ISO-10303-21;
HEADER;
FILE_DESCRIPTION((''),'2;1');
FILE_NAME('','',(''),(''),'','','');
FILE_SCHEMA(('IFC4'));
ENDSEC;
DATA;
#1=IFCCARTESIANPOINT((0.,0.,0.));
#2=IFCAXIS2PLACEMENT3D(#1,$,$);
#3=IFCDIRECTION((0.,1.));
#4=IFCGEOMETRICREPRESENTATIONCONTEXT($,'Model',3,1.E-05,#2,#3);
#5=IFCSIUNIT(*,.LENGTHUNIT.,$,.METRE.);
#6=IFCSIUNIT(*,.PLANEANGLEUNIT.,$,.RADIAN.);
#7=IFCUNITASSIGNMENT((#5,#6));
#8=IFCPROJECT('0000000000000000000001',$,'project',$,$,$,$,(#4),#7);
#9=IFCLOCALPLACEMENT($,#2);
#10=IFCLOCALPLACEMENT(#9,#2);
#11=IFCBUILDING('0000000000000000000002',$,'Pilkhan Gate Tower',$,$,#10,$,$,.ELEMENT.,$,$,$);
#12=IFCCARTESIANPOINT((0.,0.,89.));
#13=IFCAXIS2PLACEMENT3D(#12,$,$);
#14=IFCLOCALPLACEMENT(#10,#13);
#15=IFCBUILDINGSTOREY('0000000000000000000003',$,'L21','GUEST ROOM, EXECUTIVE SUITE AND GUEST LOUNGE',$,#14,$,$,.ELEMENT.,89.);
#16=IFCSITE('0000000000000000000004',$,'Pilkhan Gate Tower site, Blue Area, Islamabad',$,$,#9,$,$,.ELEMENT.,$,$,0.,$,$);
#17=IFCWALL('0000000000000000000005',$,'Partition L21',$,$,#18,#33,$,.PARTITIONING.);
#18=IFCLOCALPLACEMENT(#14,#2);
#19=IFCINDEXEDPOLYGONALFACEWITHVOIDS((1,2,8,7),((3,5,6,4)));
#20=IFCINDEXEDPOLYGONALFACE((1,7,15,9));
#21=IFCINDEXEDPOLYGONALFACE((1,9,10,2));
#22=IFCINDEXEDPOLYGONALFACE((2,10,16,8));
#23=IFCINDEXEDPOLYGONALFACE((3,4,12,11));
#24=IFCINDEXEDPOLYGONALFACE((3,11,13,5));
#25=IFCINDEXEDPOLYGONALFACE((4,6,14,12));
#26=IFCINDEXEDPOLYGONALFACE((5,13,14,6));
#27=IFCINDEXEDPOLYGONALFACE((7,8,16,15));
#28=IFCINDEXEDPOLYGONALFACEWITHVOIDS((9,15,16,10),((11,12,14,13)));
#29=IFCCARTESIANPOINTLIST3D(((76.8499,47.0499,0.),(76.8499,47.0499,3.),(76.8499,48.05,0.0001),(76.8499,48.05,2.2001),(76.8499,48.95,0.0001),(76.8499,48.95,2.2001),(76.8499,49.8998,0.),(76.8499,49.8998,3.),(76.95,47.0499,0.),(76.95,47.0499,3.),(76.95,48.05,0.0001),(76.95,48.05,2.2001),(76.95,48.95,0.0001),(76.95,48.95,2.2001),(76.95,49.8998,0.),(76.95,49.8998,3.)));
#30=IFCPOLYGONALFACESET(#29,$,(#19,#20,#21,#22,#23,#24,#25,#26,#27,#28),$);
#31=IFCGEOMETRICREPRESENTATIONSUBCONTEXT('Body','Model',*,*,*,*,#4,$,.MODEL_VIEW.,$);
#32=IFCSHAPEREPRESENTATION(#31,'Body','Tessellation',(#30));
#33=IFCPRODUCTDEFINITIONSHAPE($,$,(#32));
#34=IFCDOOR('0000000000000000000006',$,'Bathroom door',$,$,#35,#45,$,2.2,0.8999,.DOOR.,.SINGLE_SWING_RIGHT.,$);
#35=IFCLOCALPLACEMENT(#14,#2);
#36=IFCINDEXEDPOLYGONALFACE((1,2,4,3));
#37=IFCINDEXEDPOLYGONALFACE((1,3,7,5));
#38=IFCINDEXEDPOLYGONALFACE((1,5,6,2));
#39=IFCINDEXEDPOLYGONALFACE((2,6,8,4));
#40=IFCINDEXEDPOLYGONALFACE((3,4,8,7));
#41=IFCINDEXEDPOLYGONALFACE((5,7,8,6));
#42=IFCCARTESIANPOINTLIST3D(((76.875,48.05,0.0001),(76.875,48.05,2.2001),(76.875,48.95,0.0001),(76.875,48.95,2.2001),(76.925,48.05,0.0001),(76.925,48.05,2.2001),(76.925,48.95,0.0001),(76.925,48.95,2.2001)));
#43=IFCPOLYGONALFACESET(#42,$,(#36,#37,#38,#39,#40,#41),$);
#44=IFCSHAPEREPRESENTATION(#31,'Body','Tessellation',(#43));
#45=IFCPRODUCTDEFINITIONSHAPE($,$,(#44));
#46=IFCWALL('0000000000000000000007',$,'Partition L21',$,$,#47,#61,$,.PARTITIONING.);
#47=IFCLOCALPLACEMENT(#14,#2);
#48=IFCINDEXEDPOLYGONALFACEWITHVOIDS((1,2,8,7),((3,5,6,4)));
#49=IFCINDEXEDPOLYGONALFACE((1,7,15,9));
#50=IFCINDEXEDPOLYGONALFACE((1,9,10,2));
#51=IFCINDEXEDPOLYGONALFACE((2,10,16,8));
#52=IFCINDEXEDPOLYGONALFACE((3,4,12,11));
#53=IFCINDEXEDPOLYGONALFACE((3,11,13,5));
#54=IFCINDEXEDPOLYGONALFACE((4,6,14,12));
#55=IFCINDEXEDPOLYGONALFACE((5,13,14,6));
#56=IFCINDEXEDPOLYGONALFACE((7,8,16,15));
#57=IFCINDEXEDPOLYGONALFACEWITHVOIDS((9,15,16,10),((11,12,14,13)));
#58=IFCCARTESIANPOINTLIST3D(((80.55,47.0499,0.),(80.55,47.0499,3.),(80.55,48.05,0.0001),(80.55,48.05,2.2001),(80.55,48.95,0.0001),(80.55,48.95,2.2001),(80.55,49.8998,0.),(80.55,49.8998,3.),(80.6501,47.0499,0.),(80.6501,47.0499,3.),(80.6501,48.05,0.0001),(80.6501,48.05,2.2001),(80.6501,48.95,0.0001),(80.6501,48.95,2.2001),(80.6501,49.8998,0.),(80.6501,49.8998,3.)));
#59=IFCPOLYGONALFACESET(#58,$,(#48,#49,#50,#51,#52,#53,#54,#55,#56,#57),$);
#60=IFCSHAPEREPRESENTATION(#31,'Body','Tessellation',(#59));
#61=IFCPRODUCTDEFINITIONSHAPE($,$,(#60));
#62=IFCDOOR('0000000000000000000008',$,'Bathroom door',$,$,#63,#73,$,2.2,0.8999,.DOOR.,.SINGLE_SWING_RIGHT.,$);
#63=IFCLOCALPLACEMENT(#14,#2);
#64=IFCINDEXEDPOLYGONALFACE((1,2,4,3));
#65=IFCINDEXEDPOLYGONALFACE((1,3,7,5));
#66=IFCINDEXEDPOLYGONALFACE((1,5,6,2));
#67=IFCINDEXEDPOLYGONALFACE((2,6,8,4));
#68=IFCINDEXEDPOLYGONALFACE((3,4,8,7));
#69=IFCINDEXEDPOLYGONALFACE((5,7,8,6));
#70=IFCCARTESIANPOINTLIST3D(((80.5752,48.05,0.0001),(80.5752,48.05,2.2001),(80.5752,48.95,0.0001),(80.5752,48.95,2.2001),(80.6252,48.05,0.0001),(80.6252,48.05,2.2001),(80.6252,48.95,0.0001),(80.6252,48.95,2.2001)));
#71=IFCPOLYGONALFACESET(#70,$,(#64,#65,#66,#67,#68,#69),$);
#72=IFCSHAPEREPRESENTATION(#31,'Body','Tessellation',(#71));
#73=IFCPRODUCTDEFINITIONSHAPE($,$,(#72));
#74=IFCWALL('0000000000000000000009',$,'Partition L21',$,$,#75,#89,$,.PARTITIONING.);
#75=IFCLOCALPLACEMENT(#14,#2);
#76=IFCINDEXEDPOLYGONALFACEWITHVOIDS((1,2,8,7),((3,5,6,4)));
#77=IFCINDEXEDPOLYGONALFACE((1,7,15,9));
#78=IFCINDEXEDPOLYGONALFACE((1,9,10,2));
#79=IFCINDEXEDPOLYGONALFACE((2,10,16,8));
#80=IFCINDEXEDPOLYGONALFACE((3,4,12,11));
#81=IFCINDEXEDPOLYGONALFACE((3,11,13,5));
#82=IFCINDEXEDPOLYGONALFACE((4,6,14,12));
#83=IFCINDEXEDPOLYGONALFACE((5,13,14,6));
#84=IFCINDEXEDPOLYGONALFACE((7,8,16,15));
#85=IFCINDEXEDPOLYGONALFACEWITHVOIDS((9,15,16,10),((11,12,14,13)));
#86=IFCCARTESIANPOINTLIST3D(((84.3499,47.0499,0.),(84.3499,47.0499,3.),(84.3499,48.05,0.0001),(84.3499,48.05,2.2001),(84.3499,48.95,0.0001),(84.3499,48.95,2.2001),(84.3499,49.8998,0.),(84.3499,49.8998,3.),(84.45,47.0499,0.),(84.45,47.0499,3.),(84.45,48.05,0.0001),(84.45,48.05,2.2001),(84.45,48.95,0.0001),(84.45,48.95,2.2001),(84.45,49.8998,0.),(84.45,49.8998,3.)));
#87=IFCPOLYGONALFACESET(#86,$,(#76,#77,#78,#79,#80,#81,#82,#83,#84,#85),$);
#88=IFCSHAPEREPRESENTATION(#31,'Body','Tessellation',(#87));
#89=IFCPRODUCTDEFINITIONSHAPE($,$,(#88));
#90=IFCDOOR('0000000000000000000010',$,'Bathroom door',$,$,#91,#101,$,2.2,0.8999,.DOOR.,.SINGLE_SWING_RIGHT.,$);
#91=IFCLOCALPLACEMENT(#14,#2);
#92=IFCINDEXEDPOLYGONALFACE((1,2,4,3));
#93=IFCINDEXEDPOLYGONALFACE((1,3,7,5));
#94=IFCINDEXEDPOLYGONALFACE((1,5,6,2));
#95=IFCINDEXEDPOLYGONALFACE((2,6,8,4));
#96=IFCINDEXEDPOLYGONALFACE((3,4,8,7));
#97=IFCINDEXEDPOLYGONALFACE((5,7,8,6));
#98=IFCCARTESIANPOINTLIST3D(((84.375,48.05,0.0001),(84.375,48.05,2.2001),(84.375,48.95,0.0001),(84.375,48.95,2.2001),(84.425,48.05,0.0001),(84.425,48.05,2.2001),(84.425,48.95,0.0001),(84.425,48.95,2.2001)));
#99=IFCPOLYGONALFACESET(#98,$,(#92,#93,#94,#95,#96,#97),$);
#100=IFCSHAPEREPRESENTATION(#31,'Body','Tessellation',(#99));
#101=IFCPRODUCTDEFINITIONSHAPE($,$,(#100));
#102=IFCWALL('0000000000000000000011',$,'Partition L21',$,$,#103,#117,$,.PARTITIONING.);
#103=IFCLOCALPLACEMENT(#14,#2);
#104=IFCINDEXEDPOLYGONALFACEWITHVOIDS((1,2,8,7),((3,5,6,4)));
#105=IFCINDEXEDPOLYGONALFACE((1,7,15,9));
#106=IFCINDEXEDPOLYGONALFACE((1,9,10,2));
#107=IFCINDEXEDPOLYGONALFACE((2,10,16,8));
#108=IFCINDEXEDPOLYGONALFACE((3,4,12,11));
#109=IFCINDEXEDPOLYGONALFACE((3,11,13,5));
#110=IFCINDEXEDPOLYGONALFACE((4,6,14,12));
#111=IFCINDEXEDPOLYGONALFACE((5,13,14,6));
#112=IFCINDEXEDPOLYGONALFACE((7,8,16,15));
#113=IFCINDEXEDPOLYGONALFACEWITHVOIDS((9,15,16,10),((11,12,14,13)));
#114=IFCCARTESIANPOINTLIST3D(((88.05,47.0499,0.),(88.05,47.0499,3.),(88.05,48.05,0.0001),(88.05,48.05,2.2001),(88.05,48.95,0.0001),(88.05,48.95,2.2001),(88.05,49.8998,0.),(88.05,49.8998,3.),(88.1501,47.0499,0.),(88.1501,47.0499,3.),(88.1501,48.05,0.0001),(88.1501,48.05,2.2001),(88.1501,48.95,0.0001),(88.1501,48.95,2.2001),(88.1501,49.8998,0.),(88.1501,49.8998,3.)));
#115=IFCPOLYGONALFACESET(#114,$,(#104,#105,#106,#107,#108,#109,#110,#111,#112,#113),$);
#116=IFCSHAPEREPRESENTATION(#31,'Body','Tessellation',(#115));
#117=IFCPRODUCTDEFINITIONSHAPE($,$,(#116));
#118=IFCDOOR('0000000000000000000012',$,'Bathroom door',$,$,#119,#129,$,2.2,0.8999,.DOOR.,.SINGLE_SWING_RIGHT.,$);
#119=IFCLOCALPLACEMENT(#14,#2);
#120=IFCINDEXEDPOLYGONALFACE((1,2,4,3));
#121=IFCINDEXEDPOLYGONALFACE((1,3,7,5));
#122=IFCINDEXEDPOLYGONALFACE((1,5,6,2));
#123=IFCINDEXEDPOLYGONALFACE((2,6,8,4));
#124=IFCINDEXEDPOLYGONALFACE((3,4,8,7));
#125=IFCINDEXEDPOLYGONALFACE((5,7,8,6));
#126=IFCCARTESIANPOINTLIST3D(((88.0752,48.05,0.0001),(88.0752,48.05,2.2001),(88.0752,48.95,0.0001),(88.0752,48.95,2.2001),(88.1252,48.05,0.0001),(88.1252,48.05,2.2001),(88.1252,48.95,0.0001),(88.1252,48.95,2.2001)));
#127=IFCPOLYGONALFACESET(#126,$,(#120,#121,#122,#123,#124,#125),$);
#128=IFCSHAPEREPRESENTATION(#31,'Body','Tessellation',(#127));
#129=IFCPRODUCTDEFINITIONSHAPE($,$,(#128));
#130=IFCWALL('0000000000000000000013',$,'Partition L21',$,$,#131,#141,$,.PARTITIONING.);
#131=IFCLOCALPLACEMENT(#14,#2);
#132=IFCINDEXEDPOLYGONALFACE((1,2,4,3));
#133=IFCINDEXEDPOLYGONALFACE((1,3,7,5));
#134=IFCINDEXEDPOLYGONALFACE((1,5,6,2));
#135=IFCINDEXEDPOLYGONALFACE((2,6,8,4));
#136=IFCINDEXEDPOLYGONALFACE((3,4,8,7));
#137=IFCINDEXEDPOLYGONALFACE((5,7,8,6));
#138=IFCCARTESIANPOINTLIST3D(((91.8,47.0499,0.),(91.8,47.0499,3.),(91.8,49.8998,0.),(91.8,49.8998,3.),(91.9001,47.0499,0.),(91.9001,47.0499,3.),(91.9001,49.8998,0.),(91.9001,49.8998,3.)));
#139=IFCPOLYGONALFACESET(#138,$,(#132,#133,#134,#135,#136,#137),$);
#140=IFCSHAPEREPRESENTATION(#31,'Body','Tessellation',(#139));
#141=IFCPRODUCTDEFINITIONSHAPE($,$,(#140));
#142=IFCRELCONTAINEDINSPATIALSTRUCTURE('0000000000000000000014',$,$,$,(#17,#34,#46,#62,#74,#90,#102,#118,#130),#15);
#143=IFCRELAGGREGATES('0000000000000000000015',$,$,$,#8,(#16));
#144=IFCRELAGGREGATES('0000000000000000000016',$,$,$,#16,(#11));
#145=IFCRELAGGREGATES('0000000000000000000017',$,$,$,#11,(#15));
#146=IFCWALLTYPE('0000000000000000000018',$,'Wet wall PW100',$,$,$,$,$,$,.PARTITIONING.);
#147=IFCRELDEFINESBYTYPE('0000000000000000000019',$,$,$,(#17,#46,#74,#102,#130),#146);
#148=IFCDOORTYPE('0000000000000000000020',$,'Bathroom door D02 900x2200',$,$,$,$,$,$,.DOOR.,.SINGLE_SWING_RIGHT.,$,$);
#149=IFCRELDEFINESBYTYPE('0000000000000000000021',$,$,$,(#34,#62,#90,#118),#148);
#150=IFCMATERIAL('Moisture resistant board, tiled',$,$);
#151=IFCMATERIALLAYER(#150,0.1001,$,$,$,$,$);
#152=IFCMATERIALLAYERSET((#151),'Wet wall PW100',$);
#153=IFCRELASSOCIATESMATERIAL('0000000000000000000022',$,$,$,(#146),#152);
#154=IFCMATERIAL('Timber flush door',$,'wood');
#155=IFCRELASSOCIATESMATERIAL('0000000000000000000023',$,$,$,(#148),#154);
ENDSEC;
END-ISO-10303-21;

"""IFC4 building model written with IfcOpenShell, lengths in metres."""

from ifc_helpers import new_model, si_unit, direction, frame, frame_2d, origin, place, context, subcontext, project, spatial, rectangle, extrude, material, layer, layer_set, type_object, element, fill, save


model = new_model("IFC4")

# Units and contexts
model_context = context("Model", 3, precision=1e-05, world=origin(), true_north=direction((0.0, 1.0)))
body_context = subcontext(model_context, "Body", "Model", "MODEL_VIEW")
ifc_project = project(units=[si_unit("LENGTHUNIT", "METRE"), si_unit("PLANEANGLEUNIT", "RADIAN")], contexts=[model_context])

# Site, building, storey
site_placement = place(None, origin())
site = spatial("IfcSite", under=ifc_project, at=site_placement, Name="Pilkhan Gate Tower site, Blue Area, Islamabad", CompositionType="ELEMENT", RefElevation=0.0)
building_placement = place(site_placement, origin())
building = spatial("IfcBuilding", under=site, at=building_placement, Name="Pilkhan Gate Tower", CompositionType="ELEMENT")
storey_placement = place(building_placement, frame((0.0, 0.0, 89.0)))
storey = spatial("IfcBuildingStorey", under=building, at=storey_placement, Name="L21", Description="GUEST ROOM, EXECUTIVE SUITE AND GUEST LOUNGE", CompositionType="ELEMENT", Elevation=89.0)

# Shared definitions
ifc_material_1 = material(Name="Moisture resistant board, tiled")
ifc_layer_1 = layer(ifc_material_1, 0.1001)
ifc_layer_set_1 = layer_set([ifc_layer_1], Name="Wet wall PW100")
wall_type_1 = type_object("IfcWallType", Name="Wet wall PW100", PredefinedType="PARTITIONING", material=ifc_layer_set_1)

# Walls, openings, doors
ifc_material_2 = material(Name="Timber flush door", Category="wood")
door_type = type_object("IfcDoorType", Name="Bathroom door D02 900x2200", OperationType="SINGLE_SWING_RIGHT", PredefinedType="DOOR", material=ifc_material_2)
wall_1_placement = place(storey_placement, frame((76.8999, 47.05, 0.0), z_axis=(0.0, 0.0, 1.0), x_axis=(0.0, 1.0, 0.0)))
wall_1 = element("IfcWall", 1, at=wall_1_placement, inside=storey, type_object=wall_type_1, Name="Partition L21", PredefinedType="PARTITIONING", context=body_context, shape_type="SweptSolid", body=[
    extrude(rectangle(XDim=2.8499, YDim=0.1001, at=frame_2d((1.4248, 0.0))), origin(), (0.0, 0.0, 1.0), 3.0),
])
opening_1_placement = place(wall_1_placement, frame((1.0, 0.0, 0.0)))
opening_1 = element("IfcOpeningElement", 2, at=opening_1_placement, cuts=wall_1, PredefinedType="OPENING", context=body_context, shape_type="SweptSolid", body=[
    extrude(rectangle(XDim=0.8999, YDim=2.2, at=frame_2d((0.45, 1.1001))), frame((0.0, 0.0601, 0.0), z_axis=(0.0, -1.0, 0.0), x_axis=(1.0, 0.0, 0.0)), (0.0, 0.0, 1.0), 0.1201),
])
door_1_placement = place(opening_1_placement, origin())
door_1 = element("IfcDoor", 3, at=door_1_placement, inside=storey, type_object=door_type, Name="Bathroom door", OperationType="SINGLE_SWING_RIGHT", OverallHeight=2.2, OverallWidth=0.8999, PredefinedType="DOOR", context=body_context, shape_type="SweptSolid", body=[
    extrude(rectangle(XDim=0.8999, YDim=2.2, at=frame_2d((0.45, 1.1001))), frame((0.0, 0.0249, 0.0), z_axis=(0.0, -1.0, 0.0), x_axis=(1.0, 0.0, 0.0)), (0.0, 0.0, 1.0), 0.05),
])
fill(opening_1, door_1)
wall_2_placement = place(storey_placement, frame((80.6001, 47.05, 0.0), z_axis=(0.0, 0.0, 1.0), x_axis=(0.0, 1.0, 0.0)))
wall_2 = element("IfcWall", 4, at=wall_2_placement, inside=storey, type_object=wall_type_1, Name="Partition L21", PredefinedType="PARTITIONING", context=body_context, shape_type="SweptSolid", body=[
    extrude(rectangle(XDim=2.8499, YDim=0.1001, at=frame_2d((1.4248, 0.0))), origin(), (0.0, 0.0, 1.0), 3.0),
])
opening_2_placement = place(wall_2_placement, frame((1.0, 0.0, 0.0)))
opening_2 = element("IfcOpeningElement", 5, at=opening_2_placement, cuts=wall_2, PredefinedType="OPENING", context=body_context, shape_type="SweptSolid", body=[
    extrude(rectangle(XDim=0.8999, YDim=2.2, at=frame_2d((0.45, 1.1001))), frame((0.0, 0.0601, 0.0), z_axis=(0.0, -1.0, 0.0), x_axis=(1.0, 0.0, 0.0)), (0.0, 0.0, 1.0), 0.1201),
])
door_2_placement = place(opening_2_placement, origin())
door_2 = element("IfcDoor", 6, at=door_2_placement, inside=storey, type_object=door_type, Name="Bathroom door", OperationType="SINGLE_SWING_RIGHT", OverallHeight=2.2, OverallWidth=0.8999, PredefinedType="DOOR", context=body_context, shape_type="SweptSolid", body=[
    extrude(rectangle(XDim=0.8999, YDim=2.2, at=frame_2d((0.45, 1.1001))), frame((0.0, 0.0249, 0.0), z_axis=(0.0, -1.0, 0.0), x_axis=(1.0, 0.0, 0.0)), (0.0, 0.0, 1.0), 0.05),
])
fill(opening_2, door_2)
wall_3_placement = place(storey_placement, frame((84.3999, 47.05, 0.0), z_axis=(0.0, 0.0, 1.0), x_axis=(0.0, 1.0, 0.0)))
wall_3 = element("IfcWall", 7, at=wall_3_placement, inside=storey, type_object=wall_type_1, Name="Partition L21", PredefinedType="PARTITIONING", context=body_context, shape_type="SweptSolid", body=[
    extrude(rectangle(XDim=2.8499, YDim=0.1001, at=frame_2d((1.4248, 0.0))), origin(), (0.0, 0.0, 1.0), 3.0),
])
opening_3_placement = place(wall_3_placement, frame((1.0, 0.0, 0.0)))
opening_3 = element("IfcOpeningElement", 8, at=opening_3_placement, cuts=wall_3, PredefinedType="OPENING", context=body_context, shape_type="SweptSolid", body=[
    extrude(rectangle(XDim=0.8999, YDim=2.2, at=frame_2d((0.45, 1.1001))), frame((0.0, 0.0601, 0.0), z_axis=(0.0, -1.0, 0.0), x_axis=(1.0, 0.0, 0.0)), (0.0, 0.0, 1.0), 0.1201),
])
door_3_placement = place(opening_3_placement, origin())
door_3 = element("IfcDoor", 9, at=door_3_placement, inside=storey, type_object=door_type, Name="Bathroom door", OperationType="SINGLE_SWING_RIGHT", OverallHeight=2.2, OverallWidth=0.8999, PredefinedType="DOOR", context=body_context, shape_type="SweptSolid", body=[
    extrude(rectangle(XDim=0.8999, YDim=2.2, at=frame_2d((0.45, 1.1001))), frame((0.0, 0.0249, 0.0), z_axis=(0.0, -1.0, 0.0), x_axis=(1.0, 0.0, 0.0)), (0.0, 0.0, 1.0), 0.05),
])
fill(opening_3, door_3)
wall_4_placement = place(storey_placement, frame((88.1001, 47.05, 0.0), z_axis=(0.0, 0.0, 1.0), x_axis=(0.0, 1.0, 0.0)))
wall_4 = element("IfcWall", 10, at=wall_4_placement, inside=storey, type_object=wall_type_1, Name="Partition L21", PredefinedType="PARTITIONING", context=body_context, shape_type="SweptSolid", body=[
    extrude(rectangle(XDim=2.8499, YDim=0.1001, at=frame_2d((1.4248, 0.0))), origin(), (0.0, 0.0, 1.0), 3.0),
])
opening_4_placement = place(wall_4_placement, frame((1.0, 0.0, 0.0)))
opening_4 = element("IfcOpeningElement", 11, at=opening_4_placement, cuts=wall_4, PredefinedType="OPENING", context=body_context, shape_type="SweptSolid", body=[
    extrude(rectangle(XDim=0.8999, YDim=2.2, at=frame_2d((0.45, 1.1001))), frame((0.0, 0.0601, 0.0), z_axis=(0.0, -1.0, 0.0), x_axis=(1.0, 0.0, 0.0)), (0.0, 0.0, 1.0), 0.1201),
])
door_4_placement = place(opening_4_placement, origin())
door_4 = element("IfcDoor", 12, at=door_4_placement, inside=storey, type_object=door_type, Name="Bathroom door", OperationType="SINGLE_SWING_RIGHT", OverallHeight=2.2, OverallWidth=0.8999, PredefinedType="DOOR", context=body_context, shape_type="SweptSolid", body=[
    extrude(rectangle(XDim=0.8999, YDim=2.2, at=frame_2d((0.45, 1.1001))), frame((0.0, 0.0249, 0.0), z_axis=(0.0, -1.0, 0.0), x_axis=(1.0, 0.0, 0.0)), (0.0, 0.0, 1.0), 0.05),
])
fill(opening_4, door_4)

# Wall
wall_5_placement = place(storey_placement, frame((91.8501, 47.05, 0.0), z_axis=(0.0, 0.0, 1.0), x_axis=(0.0, 1.0, 0.0)))
element("IfcWall", 13, at=wall_5_placement, inside=storey, type_object=wall_type_1, Name="Partition L21", PredefinedType="PARTITIONING", context=body_context, shape_type="SweptSolid", body=[
    extrude(rectangle(XDim=2.8499, YDim=0.1001, at=frame_2d((1.4248, 0.0))), origin(), (0.0, 0.0, 1.0), 3.0),
])

save(model, "model.ifc")
